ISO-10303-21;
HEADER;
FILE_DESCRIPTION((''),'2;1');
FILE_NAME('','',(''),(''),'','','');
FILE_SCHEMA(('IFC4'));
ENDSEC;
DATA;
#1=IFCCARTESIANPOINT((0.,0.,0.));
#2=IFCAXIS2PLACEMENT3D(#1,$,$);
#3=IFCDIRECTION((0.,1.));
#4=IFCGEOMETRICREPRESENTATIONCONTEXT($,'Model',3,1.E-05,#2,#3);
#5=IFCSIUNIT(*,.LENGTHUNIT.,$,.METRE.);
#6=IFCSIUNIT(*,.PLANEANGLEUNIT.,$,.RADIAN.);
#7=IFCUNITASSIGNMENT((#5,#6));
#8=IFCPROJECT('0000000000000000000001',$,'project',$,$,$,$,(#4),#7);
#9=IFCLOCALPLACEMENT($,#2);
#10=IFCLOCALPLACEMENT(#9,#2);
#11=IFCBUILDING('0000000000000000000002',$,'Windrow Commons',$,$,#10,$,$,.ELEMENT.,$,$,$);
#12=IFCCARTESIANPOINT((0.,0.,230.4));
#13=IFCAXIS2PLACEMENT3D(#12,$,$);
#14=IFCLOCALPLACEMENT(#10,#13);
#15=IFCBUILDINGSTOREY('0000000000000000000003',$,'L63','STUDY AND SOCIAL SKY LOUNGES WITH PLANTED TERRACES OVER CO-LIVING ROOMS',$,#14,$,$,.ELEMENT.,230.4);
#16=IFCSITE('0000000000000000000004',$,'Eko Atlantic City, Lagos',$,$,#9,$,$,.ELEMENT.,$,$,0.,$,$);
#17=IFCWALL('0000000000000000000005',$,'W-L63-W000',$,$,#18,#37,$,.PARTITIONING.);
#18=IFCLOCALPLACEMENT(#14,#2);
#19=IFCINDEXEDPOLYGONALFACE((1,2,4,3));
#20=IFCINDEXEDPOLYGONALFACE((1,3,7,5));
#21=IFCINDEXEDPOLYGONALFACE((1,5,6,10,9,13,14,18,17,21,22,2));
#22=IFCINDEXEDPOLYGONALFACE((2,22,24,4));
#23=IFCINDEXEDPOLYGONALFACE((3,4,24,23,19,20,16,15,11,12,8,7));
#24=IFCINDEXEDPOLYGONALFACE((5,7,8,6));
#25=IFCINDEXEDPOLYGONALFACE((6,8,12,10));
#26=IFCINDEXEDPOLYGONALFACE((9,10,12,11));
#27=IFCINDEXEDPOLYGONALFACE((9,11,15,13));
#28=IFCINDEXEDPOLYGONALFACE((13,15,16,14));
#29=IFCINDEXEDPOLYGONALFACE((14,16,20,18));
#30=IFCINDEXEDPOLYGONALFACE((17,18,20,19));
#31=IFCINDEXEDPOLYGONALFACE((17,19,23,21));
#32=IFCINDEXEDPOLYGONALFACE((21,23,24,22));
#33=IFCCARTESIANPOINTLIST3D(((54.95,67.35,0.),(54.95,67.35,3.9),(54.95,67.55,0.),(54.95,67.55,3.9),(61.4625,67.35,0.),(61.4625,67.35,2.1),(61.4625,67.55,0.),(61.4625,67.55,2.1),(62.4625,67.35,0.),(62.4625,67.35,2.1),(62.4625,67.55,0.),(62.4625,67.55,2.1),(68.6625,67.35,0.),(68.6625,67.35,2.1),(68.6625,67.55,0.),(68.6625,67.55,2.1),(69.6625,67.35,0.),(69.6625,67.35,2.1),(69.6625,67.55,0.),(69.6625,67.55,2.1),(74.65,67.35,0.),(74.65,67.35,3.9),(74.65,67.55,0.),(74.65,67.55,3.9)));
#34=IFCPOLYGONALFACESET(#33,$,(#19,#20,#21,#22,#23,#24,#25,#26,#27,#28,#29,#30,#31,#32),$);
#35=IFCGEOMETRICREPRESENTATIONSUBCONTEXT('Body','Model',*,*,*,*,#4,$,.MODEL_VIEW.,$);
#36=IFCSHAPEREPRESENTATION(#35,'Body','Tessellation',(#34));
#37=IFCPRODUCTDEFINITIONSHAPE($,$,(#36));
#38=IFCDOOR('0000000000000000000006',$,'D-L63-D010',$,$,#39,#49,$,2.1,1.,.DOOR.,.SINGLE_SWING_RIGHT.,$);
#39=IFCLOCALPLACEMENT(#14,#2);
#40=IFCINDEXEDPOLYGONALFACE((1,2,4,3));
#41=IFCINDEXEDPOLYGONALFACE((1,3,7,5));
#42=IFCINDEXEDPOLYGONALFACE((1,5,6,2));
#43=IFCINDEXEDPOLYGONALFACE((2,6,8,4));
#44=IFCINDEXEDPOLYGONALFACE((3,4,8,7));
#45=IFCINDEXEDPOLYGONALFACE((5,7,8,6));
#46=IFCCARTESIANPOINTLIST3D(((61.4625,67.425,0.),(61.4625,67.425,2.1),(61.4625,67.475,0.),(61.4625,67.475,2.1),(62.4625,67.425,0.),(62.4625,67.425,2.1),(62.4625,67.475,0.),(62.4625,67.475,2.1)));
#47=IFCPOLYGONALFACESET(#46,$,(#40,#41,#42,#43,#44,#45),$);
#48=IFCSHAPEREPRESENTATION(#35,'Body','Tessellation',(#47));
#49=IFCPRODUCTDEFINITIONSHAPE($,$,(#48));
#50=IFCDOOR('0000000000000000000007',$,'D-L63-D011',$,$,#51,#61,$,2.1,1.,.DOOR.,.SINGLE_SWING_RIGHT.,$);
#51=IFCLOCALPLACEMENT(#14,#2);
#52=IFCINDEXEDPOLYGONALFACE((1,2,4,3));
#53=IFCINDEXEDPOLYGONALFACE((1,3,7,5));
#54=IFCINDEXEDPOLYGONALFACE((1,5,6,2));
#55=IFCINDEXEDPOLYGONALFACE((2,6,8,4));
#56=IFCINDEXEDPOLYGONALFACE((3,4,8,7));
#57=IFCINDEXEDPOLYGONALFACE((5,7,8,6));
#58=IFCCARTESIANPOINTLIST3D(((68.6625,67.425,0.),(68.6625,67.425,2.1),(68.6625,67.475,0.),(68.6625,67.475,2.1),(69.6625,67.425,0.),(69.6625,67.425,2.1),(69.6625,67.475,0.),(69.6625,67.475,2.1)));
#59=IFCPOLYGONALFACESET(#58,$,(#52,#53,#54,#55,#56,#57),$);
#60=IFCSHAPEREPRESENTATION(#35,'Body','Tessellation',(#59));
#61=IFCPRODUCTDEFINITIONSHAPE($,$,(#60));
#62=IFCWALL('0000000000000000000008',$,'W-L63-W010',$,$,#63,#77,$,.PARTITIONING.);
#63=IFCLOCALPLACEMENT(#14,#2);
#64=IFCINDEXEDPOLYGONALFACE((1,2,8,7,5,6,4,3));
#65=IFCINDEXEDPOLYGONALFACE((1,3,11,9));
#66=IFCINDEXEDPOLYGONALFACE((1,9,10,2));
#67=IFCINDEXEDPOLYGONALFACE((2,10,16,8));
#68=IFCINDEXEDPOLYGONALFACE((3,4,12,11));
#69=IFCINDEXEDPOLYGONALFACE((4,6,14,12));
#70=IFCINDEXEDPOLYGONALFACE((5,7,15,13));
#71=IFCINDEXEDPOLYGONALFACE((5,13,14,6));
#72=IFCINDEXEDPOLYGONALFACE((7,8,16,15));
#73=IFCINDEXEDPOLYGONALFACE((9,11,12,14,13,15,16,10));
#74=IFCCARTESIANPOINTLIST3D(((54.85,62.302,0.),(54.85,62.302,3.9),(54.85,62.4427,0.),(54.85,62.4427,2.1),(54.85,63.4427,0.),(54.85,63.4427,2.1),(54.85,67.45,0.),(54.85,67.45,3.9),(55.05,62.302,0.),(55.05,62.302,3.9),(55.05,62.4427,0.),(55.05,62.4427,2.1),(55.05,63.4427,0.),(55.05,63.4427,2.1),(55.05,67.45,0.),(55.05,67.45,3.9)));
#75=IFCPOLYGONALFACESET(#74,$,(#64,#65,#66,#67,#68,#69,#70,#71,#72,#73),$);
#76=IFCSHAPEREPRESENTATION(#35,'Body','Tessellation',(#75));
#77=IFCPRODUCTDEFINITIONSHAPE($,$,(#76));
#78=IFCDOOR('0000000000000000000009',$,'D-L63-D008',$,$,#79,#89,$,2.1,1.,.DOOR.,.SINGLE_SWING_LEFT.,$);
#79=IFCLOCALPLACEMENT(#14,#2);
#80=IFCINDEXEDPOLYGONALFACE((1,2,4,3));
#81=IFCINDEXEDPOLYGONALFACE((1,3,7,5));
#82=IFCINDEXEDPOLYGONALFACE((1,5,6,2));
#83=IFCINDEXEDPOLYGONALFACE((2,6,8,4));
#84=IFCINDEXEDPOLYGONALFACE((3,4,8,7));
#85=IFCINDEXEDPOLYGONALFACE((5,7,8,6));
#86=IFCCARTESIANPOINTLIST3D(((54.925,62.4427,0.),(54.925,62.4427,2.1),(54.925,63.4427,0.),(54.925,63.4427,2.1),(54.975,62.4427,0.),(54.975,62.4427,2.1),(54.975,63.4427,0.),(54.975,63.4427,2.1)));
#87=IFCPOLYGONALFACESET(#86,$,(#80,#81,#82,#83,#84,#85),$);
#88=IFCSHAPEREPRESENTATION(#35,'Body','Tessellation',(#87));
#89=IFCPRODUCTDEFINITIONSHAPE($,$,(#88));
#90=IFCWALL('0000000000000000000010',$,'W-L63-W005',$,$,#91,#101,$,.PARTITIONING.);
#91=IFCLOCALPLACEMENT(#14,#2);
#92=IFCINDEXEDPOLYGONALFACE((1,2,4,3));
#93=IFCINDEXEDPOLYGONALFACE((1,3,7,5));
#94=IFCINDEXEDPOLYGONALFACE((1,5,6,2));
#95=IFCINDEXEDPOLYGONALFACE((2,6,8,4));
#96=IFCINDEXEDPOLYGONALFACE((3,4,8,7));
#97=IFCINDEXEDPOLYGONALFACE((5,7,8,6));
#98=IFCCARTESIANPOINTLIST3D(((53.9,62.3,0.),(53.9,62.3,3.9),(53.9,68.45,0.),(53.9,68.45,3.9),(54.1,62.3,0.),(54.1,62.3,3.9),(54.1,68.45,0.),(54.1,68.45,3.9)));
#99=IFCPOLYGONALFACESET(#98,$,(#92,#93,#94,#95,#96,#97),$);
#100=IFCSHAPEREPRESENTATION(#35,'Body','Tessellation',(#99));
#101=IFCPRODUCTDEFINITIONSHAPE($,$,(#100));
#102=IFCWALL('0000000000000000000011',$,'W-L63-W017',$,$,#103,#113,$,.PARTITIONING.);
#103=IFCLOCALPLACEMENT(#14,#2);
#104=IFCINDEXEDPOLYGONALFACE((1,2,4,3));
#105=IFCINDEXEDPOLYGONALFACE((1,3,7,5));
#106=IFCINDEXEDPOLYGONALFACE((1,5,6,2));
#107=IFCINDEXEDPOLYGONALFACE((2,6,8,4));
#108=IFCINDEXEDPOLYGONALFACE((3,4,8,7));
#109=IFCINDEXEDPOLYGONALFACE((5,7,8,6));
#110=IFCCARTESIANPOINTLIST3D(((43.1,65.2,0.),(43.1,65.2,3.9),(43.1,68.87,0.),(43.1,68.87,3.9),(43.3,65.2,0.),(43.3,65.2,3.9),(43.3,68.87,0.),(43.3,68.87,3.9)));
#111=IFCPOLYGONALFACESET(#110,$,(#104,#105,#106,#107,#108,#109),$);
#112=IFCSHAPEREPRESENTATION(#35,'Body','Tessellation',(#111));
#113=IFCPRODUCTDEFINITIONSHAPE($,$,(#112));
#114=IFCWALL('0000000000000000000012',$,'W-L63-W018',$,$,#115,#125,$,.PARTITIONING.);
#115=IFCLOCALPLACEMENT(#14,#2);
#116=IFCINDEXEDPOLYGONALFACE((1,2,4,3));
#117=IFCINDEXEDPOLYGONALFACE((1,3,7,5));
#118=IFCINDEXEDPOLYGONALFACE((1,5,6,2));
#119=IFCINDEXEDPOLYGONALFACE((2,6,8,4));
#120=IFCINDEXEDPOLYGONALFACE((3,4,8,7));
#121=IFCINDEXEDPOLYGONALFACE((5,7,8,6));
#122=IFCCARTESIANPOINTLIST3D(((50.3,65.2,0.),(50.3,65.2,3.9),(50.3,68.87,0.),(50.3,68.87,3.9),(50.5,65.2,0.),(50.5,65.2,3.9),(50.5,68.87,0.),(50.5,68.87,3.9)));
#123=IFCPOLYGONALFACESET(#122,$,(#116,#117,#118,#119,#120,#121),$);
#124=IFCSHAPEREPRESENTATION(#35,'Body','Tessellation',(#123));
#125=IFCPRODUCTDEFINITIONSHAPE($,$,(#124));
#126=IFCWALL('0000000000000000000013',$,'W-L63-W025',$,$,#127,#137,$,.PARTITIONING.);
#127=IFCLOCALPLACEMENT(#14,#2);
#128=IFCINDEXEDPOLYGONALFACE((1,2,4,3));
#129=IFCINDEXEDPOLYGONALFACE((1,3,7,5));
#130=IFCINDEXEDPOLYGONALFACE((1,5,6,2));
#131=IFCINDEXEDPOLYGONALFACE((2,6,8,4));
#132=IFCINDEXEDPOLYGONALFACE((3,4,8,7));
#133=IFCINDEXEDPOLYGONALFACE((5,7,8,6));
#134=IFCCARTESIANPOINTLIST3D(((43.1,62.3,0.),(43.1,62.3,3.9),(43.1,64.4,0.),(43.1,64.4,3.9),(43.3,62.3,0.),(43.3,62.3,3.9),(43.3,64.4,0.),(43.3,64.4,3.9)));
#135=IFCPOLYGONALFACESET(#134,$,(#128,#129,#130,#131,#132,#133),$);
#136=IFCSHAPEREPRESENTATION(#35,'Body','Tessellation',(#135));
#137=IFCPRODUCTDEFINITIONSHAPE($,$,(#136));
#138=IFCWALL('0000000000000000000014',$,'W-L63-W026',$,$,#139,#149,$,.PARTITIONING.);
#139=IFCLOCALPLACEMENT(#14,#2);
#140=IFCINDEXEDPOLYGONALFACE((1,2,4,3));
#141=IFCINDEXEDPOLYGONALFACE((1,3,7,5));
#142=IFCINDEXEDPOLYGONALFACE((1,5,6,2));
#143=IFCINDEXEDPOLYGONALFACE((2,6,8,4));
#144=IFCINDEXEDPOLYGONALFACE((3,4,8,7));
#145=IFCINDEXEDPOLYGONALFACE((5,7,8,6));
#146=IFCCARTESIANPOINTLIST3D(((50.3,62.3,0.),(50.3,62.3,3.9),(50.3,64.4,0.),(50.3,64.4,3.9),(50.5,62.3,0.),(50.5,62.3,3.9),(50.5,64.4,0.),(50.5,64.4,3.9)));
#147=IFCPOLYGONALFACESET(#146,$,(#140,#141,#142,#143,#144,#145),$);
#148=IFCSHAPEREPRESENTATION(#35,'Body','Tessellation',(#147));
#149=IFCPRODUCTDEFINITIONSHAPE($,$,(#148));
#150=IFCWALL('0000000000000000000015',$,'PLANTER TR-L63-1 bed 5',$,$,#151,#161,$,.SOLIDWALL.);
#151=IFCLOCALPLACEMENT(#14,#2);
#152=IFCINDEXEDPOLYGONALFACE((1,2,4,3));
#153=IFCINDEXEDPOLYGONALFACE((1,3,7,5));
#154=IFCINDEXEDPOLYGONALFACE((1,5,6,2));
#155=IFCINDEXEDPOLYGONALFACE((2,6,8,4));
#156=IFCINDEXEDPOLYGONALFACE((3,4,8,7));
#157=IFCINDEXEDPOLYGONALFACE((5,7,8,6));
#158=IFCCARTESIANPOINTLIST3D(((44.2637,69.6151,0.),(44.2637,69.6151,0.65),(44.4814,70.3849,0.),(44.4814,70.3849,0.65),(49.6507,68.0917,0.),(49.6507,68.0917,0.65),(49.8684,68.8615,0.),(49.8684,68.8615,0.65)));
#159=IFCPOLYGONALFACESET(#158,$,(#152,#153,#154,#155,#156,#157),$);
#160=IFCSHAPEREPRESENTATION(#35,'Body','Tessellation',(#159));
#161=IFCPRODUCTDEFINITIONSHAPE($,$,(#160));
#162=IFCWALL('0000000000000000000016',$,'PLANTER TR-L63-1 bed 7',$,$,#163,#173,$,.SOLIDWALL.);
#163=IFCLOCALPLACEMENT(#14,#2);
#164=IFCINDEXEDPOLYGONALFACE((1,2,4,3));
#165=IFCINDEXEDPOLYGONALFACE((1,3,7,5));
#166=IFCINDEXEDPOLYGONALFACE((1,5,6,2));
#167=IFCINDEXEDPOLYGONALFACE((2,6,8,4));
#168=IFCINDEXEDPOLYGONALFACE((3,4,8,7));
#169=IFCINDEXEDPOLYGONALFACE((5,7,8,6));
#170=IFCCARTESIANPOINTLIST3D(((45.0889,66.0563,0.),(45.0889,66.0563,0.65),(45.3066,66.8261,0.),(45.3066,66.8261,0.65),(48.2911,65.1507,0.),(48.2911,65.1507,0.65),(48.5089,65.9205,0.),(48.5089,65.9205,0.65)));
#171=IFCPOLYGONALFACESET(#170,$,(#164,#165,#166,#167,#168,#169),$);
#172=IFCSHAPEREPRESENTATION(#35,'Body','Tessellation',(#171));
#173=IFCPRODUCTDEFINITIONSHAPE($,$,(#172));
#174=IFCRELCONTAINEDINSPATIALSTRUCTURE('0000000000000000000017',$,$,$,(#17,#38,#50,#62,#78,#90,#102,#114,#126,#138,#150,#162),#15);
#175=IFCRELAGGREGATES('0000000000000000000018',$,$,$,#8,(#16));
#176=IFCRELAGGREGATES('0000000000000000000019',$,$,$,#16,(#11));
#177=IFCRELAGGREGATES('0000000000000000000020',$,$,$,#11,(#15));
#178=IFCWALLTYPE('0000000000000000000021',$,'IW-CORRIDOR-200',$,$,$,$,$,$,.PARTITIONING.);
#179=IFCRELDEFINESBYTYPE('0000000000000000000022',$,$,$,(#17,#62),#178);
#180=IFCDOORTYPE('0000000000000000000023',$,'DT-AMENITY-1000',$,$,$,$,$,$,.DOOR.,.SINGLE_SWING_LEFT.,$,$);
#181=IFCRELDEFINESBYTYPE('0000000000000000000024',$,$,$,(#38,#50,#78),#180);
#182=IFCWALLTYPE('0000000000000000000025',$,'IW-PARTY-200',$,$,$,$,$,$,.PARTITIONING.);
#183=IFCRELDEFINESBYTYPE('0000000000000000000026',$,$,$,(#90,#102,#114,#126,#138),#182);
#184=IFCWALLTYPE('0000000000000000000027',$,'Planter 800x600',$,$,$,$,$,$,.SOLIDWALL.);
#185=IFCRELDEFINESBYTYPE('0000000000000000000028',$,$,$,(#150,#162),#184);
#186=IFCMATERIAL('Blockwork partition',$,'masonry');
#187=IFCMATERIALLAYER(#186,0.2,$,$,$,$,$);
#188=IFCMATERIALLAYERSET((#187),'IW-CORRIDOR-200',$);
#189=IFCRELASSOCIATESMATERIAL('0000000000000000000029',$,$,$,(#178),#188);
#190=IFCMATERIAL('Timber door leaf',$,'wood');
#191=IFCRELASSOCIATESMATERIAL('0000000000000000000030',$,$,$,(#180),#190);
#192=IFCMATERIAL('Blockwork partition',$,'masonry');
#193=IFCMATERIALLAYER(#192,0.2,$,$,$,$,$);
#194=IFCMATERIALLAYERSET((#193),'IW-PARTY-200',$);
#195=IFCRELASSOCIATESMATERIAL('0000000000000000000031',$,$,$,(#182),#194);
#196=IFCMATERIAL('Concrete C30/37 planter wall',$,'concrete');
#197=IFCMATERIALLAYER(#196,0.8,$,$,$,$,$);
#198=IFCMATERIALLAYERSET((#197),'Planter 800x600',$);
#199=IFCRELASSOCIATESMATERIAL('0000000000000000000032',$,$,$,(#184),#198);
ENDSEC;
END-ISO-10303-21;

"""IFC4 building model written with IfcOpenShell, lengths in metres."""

from ifc_helpers import new_model, si_unit, direction, frame, frame_2d, origin, place, context, subcontext, project, spatial, polyline, rectangle, outline, extrude, material, layer, layer_set, type_object, element, fill, save


model = new_model("IFC4")

# Units and contexts
model_context = context("Model", 3, precision=1e-05, world=origin(), true_north=direction((0.0, 1.0)))
body_context = subcontext(model_context, "Body", "Model", "MODEL_VIEW")
ifc_project = project(units=[si_unit("LENGTHUNIT", "METRE"), si_unit("PLANEANGLEUNIT", "RADIAN")], contexts=[model_context])

# Site, building, storey
site_placement = place(None, origin())
site = spatial("IfcSite", under=ifc_project, at=site_placement, Name="Eko Atlantic City, Lagos", CompositionType="ELEMENT", RefElevation=0.0)
building_placement = place(site_placement, origin())
building = spatial("IfcBuilding", under=site, at=building_placement, Name="Windrow Commons", CompositionType="ELEMENT")
storey_placement = place(building_placement, frame((0.0, 0.0, 230.4)))
storey = spatial("IfcBuildingStorey", under=building, at=storey_placement, Name="L63", Description="STUDY AND SOCIAL SKY LOUNGES WITH PLANTED TERRACES OVER CO-LIVING ROOMS", CompositionType="ELEMENT", Elevation=230.4)

# Wall, openings, doors
ifc_material_1 = material(Name="Blockwork partition", Category="masonry")
ifc_layer_1 = layer(ifc_material_1, 0.2)
ifc_layer_set_1 = layer_set([ifc_layer_1], Name="IW-CORRIDOR-200")
wall_type_1 = type_object("IfcWallType", Name="IW-CORRIDOR-200", PredefinedType="PARTITIONING", material=ifc_layer_set_1)
wall_1_placement = place(storey_placement, frame((54.95, 67.45, 0.0), z_axis=(0.0, 0.0, 1.0), x_axis=(1.0, 0.0, 0.0)))
wall_1 = element("IfcWall", 1, at=wall_1_placement, inside=storey, type_object=wall_type_1, Name="W-L63-W000", PredefinedType="PARTITIONING", context=body_context, shape_type="SweptSolid", body=[
    extrude(rectangle(XDim=19.7, YDim=0.2, at=frame_2d((9.85, 0.0))), origin(), (0.0, 0.0, 1.0), 3.9),
])
opening_1_placement = place(wall_1_placement, frame((6.5125, 0.0, 0.0)))
opening_1 = element("IfcOpeningElement", 2, at=opening_1_placement, cuts=wall_1, PredefinedType="OPENING", context=body_context, shape_type="SweptSolid", body=[
    extrude(rectangle(XDim=1.0, YDim=2.1, at=frame_2d((0.5, 1.05))), frame((0.0, 0.11, 0.0), z_axis=(0.0, -1.0, 0.0), x_axis=(1.0, 0.0, 0.0)), (0.0, 0.0, 1.0), 0.22),
])
opening_2_placement = place(wall_1_placement, frame((13.7125, 0.0, 0.0)))
opening_2 = element("IfcOpeningElement", 3, at=opening_2_placement, cuts=wall_1, PredefinedType="OPENING", context=body_context, shape_type="SweptSolid", body=[
    extrude(rectangle(XDim=1.0, YDim=2.1, at=frame_2d((0.5, 1.05))), frame((0.0, 0.11, 0.0), z_axis=(0.0, -1.0, 0.0), x_axis=(1.0, 0.0, 0.0)), (0.0, 0.0, 1.0), 0.22),
])
ifc_material_2 = material(Name="Timber door leaf", Category="wood")
door_type = type_object("IfcDoorType", Name="DT-AMENITY-1000", OperationType="SINGLE_SWING_LEFT", PredefinedType="DOOR", material=ifc_material_2)
door_1_placement = place(opening_1_placement, origin())
door_1 = element("IfcDoor", 4, at=door_1_placement, inside=storey, type_object=door_type, Name="D-L63-D010", OperationType="SINGLE_SWING_RIGHT", OverallHeight=2.1, OverallWidth=1.0, PredefinedType="DOOR", context=body_context, shape_type="SweptSolid", body=[
    extrude(rectangle(XDim=1.0, YDim=2.1, at=frame_2d((0.5, 1.05))), frame((0.0, 0.025, 0.0), z_axis=(0.0, -1.0, 0.0), x_axis=(1.0, 0.0, 0.0)), (0.0, 0.0, 1.0), 0.05),
])
fill(opening_1, door_1)
door_2_placement = place(opening_2_placement, origin())
door_2 = element("IfcDoor", 5, at=door_2_placement, inside=storey, type_object=door_type, Name="D-L63-D011", OperationType="SINGLE_SWING_RIGHT", OverallHeight=2.1, OverallWidth=1.0, PredefinedType="DOOR", context=body_context, shape_type="SweptSolid", body=[
    extrude(rectangle(XDim=1.0, YDim=2.1, at=frame_2d((0.5, 1.05))), frame((0.0, 0.025, 0.0), z_axis=(0.0, -1.0, 0.0), x_axis=(1.0, 0.0, 0.0)), (0.0, 0.0, 1.0), 0.05),
])
fill(opening_2, door_2)

# Wall, opening, door
wall_2_placement = place(storey_placement, frame((54.95, 62.302, 0.0), z_axis=(0.0, 0.0, 1.0), x_axis=(0.0, 1.0, 0.0)))
wall_2 = element("IfcWall", 6, at=wall_2_placement, inside=storey, type_object=wall_type_1, Name="W-L63-W010", PredefinedType="PARTITIONING", context=body_context, shape_type="SweptSolid", body=[
    extrude(rectangle(XDim=5.148, YDim=0.2, at=frame_2d((2.574, 0.0))), origin(), (0.0, 0.0, 1.0), 3.9),
])
opening_3_placement = place(wall_2_placement, frame((0.1407, 0.0, 0.0)))
opening_3 = element("IfcOpeningElement", 7, at=opening_3_placement, cuts=wall_2, PredefinedType="OPENING", context=body_context, shape_type="SweptSolid", body=[
    extrude(rectangle(XDim=1.0, YDim=2.1, at=frame_2d((0.5, 1.05))), frame((0.0, 0.11, 0.0), z_axis=(0.0, -1.0, 0.0), x_axis=(1.0, 0.0, 0.0)), (0.0, 0.0, 1.0), 0.22),
])
door_3_placement = place(opening_3_placement, origin())
door_3 = element("IfcDoor", 8, at=door_3_placement, inside=storey, type_object=door_type, Name="D-L63-D008", OperationType="SINGLE_SWING_LEFT", OverallHeight=2.1, OverallWidth=1.0, PredefinedType="DOOR", context=body_context, shape_type="SweptSolid", body=[
    extrude(rectangle(XDim=1.0, YDim=2.1, at=frame_2d((0.5, 1.05))), frame((0.0, 0.025, 0.0), z_axis=(0.0, -1.0, 0.0), x_axis=(1.0, 0.0, 0.0)), (0.0, 0.0, 1.0), 0.05),
])
fill(opening_3, door_3)

# Walls
ifc_material_3 = material(Name="Blockwork partition", Category="masonry")
ifc_layer_2 = layer(ifc_material_3, 0.2)
ifc_layer_set_2 = layer_set([ifc_layer_2], Name="IW-PARTY-200")
wall_type_2 = type_object("IfcWallType", Name="IW-PARTY-200", PredefinedType="PARTITIONING", material=ifc_layer_set_2)
wall_3_placement = place(storey_placement, frame((54.0, 62.3, 0.0), z_axis=(0.0, 0.0, 1.0), x_axis=(0.0, 1.0, 0.0)))
element("IfcWall", 9, at=wall_3_placement, inside=storey, type_object=wall_type_2, Name="W-L63-W005", PredefinedType="PARTITIONING", context=body_context, shape_type="SweptSolid", body=[
    extrude(rectangle(XDim=6.15, YDim=0.2, at=frame_2d((3.075, 0.0))), origin(), (0.0, 0.0, 1.0), 3.9),
])
for number, where, z_axis, x_axis, name in (
    (10, (43.2, 65.2, 0.0), (0.0, 0.0, 1.0), (0.0, 1.0, 0.0), "W-L63-W017"),
    (11, (50.4, 65.2, 0.0), (0.0, 0.0, 1.0), (0.0, 1.0, 0.0), "W-L63-W018"),
):
    element("IfcWall", number, at=place(storey_placement, frame(where, z_axis=z_axis, x_axis=x_axis)), inside=storey, type_object=wall_type_2, Name=name, PredefinedType="PARTITIONING", context=body_context, shape_type="SweptSolid", body=[
        extrude(rectangle(XDim=3.67, YDim=0.2, at=frame_2d((1.835, 0.0))), origin(), (0.0, 0.0, 1.0), 3.9),
    ])
for number, where, z_axis, x_axis, name in (
    (12, (43.2, 62.3, 0.0), (0.0, 0.0, 1.0), (0.0, 1.0, 0.0), "W-L63-W025"),
    (13, (50.4, 62.3, 0.0), (0.0, 0.0, 1.0), (0.0, 1.0, 0.0), "W-L63-W026"),
):
    element("IfcWall", number, at=place(storey_placement, frame(where, z_axis=z_axis, x_axis=x_axis)), inside=storey, type_object=wall_type_2, Name=name, PredefinedType="PARTITIONING", context=body_context, shape_type="SweptSolid", body=[
        extrude(rectangle(XDim=2.1, YDim=0.2, at=frame_2d((1.05, 0.0))), origin(), (0.0, 0.0, 1.0), 3.9),
    ])
ifc_material_4 = material(Name="Concrete C30/37 planter wall", Category="concrete")
ifc_layer_3 = layer(ifc_material_4, 0.8)
ifc_layer_set_3 = layer_set([ifc_layer_3], Name="Planter 800x600")
wall_type_3 = type_object("IfcWallType", Name="Planter 800x600", PredefinedType="SOLIDWALL", material=ifc_layer_set_3)
wall_4_placement = place(storey_placement, frame((49.7596, 68.4766, 0.0), z_axis=(0.0, 0.0, 1.0), x_axis=(-0.962263, 0.27212, 0.0)))
element("IfcWall", 14, at=wall_4_placement, inside=storey, type_object=wall_type_3, Name="PLANTER TR-L63-1 bed 5", PredefinedType="SOLIDWALL", context=body_context, shape_type="SweptSolid", body=[
    extrude(rectangle(XDim=5.5983, YDim=0.8, at=frame_2d((2.7992, 0.0))), origin(), (0.0, 0.0, 1.0), 0.65),
])
wall_5_placement = place(storey_placement, frame((48.4, 65.5356, 0.0), z_axis=(0.0, 0.0, 1.0), x_axis=(-0.96226, 0.272132, 0.0)))
element("IfcWall", 15, at=wall_5_placement, inside=storey, type_object=wall_type_3, Name="PLANTER TR-L63-1 bed 7", PredefinedType="SOLIDWALL", context=body_context, shape_type="SweptSolid", body=[
    extrude(outline(polyline([(0.0, -0.4), (3.3278, -0.4), (3.3278, 0.4), (0.0, 0.4), (0.0, -0.4)])), origin(), (0.0, 0.0, 1.0), 0.65),
])

save(model, "model.ifc")
